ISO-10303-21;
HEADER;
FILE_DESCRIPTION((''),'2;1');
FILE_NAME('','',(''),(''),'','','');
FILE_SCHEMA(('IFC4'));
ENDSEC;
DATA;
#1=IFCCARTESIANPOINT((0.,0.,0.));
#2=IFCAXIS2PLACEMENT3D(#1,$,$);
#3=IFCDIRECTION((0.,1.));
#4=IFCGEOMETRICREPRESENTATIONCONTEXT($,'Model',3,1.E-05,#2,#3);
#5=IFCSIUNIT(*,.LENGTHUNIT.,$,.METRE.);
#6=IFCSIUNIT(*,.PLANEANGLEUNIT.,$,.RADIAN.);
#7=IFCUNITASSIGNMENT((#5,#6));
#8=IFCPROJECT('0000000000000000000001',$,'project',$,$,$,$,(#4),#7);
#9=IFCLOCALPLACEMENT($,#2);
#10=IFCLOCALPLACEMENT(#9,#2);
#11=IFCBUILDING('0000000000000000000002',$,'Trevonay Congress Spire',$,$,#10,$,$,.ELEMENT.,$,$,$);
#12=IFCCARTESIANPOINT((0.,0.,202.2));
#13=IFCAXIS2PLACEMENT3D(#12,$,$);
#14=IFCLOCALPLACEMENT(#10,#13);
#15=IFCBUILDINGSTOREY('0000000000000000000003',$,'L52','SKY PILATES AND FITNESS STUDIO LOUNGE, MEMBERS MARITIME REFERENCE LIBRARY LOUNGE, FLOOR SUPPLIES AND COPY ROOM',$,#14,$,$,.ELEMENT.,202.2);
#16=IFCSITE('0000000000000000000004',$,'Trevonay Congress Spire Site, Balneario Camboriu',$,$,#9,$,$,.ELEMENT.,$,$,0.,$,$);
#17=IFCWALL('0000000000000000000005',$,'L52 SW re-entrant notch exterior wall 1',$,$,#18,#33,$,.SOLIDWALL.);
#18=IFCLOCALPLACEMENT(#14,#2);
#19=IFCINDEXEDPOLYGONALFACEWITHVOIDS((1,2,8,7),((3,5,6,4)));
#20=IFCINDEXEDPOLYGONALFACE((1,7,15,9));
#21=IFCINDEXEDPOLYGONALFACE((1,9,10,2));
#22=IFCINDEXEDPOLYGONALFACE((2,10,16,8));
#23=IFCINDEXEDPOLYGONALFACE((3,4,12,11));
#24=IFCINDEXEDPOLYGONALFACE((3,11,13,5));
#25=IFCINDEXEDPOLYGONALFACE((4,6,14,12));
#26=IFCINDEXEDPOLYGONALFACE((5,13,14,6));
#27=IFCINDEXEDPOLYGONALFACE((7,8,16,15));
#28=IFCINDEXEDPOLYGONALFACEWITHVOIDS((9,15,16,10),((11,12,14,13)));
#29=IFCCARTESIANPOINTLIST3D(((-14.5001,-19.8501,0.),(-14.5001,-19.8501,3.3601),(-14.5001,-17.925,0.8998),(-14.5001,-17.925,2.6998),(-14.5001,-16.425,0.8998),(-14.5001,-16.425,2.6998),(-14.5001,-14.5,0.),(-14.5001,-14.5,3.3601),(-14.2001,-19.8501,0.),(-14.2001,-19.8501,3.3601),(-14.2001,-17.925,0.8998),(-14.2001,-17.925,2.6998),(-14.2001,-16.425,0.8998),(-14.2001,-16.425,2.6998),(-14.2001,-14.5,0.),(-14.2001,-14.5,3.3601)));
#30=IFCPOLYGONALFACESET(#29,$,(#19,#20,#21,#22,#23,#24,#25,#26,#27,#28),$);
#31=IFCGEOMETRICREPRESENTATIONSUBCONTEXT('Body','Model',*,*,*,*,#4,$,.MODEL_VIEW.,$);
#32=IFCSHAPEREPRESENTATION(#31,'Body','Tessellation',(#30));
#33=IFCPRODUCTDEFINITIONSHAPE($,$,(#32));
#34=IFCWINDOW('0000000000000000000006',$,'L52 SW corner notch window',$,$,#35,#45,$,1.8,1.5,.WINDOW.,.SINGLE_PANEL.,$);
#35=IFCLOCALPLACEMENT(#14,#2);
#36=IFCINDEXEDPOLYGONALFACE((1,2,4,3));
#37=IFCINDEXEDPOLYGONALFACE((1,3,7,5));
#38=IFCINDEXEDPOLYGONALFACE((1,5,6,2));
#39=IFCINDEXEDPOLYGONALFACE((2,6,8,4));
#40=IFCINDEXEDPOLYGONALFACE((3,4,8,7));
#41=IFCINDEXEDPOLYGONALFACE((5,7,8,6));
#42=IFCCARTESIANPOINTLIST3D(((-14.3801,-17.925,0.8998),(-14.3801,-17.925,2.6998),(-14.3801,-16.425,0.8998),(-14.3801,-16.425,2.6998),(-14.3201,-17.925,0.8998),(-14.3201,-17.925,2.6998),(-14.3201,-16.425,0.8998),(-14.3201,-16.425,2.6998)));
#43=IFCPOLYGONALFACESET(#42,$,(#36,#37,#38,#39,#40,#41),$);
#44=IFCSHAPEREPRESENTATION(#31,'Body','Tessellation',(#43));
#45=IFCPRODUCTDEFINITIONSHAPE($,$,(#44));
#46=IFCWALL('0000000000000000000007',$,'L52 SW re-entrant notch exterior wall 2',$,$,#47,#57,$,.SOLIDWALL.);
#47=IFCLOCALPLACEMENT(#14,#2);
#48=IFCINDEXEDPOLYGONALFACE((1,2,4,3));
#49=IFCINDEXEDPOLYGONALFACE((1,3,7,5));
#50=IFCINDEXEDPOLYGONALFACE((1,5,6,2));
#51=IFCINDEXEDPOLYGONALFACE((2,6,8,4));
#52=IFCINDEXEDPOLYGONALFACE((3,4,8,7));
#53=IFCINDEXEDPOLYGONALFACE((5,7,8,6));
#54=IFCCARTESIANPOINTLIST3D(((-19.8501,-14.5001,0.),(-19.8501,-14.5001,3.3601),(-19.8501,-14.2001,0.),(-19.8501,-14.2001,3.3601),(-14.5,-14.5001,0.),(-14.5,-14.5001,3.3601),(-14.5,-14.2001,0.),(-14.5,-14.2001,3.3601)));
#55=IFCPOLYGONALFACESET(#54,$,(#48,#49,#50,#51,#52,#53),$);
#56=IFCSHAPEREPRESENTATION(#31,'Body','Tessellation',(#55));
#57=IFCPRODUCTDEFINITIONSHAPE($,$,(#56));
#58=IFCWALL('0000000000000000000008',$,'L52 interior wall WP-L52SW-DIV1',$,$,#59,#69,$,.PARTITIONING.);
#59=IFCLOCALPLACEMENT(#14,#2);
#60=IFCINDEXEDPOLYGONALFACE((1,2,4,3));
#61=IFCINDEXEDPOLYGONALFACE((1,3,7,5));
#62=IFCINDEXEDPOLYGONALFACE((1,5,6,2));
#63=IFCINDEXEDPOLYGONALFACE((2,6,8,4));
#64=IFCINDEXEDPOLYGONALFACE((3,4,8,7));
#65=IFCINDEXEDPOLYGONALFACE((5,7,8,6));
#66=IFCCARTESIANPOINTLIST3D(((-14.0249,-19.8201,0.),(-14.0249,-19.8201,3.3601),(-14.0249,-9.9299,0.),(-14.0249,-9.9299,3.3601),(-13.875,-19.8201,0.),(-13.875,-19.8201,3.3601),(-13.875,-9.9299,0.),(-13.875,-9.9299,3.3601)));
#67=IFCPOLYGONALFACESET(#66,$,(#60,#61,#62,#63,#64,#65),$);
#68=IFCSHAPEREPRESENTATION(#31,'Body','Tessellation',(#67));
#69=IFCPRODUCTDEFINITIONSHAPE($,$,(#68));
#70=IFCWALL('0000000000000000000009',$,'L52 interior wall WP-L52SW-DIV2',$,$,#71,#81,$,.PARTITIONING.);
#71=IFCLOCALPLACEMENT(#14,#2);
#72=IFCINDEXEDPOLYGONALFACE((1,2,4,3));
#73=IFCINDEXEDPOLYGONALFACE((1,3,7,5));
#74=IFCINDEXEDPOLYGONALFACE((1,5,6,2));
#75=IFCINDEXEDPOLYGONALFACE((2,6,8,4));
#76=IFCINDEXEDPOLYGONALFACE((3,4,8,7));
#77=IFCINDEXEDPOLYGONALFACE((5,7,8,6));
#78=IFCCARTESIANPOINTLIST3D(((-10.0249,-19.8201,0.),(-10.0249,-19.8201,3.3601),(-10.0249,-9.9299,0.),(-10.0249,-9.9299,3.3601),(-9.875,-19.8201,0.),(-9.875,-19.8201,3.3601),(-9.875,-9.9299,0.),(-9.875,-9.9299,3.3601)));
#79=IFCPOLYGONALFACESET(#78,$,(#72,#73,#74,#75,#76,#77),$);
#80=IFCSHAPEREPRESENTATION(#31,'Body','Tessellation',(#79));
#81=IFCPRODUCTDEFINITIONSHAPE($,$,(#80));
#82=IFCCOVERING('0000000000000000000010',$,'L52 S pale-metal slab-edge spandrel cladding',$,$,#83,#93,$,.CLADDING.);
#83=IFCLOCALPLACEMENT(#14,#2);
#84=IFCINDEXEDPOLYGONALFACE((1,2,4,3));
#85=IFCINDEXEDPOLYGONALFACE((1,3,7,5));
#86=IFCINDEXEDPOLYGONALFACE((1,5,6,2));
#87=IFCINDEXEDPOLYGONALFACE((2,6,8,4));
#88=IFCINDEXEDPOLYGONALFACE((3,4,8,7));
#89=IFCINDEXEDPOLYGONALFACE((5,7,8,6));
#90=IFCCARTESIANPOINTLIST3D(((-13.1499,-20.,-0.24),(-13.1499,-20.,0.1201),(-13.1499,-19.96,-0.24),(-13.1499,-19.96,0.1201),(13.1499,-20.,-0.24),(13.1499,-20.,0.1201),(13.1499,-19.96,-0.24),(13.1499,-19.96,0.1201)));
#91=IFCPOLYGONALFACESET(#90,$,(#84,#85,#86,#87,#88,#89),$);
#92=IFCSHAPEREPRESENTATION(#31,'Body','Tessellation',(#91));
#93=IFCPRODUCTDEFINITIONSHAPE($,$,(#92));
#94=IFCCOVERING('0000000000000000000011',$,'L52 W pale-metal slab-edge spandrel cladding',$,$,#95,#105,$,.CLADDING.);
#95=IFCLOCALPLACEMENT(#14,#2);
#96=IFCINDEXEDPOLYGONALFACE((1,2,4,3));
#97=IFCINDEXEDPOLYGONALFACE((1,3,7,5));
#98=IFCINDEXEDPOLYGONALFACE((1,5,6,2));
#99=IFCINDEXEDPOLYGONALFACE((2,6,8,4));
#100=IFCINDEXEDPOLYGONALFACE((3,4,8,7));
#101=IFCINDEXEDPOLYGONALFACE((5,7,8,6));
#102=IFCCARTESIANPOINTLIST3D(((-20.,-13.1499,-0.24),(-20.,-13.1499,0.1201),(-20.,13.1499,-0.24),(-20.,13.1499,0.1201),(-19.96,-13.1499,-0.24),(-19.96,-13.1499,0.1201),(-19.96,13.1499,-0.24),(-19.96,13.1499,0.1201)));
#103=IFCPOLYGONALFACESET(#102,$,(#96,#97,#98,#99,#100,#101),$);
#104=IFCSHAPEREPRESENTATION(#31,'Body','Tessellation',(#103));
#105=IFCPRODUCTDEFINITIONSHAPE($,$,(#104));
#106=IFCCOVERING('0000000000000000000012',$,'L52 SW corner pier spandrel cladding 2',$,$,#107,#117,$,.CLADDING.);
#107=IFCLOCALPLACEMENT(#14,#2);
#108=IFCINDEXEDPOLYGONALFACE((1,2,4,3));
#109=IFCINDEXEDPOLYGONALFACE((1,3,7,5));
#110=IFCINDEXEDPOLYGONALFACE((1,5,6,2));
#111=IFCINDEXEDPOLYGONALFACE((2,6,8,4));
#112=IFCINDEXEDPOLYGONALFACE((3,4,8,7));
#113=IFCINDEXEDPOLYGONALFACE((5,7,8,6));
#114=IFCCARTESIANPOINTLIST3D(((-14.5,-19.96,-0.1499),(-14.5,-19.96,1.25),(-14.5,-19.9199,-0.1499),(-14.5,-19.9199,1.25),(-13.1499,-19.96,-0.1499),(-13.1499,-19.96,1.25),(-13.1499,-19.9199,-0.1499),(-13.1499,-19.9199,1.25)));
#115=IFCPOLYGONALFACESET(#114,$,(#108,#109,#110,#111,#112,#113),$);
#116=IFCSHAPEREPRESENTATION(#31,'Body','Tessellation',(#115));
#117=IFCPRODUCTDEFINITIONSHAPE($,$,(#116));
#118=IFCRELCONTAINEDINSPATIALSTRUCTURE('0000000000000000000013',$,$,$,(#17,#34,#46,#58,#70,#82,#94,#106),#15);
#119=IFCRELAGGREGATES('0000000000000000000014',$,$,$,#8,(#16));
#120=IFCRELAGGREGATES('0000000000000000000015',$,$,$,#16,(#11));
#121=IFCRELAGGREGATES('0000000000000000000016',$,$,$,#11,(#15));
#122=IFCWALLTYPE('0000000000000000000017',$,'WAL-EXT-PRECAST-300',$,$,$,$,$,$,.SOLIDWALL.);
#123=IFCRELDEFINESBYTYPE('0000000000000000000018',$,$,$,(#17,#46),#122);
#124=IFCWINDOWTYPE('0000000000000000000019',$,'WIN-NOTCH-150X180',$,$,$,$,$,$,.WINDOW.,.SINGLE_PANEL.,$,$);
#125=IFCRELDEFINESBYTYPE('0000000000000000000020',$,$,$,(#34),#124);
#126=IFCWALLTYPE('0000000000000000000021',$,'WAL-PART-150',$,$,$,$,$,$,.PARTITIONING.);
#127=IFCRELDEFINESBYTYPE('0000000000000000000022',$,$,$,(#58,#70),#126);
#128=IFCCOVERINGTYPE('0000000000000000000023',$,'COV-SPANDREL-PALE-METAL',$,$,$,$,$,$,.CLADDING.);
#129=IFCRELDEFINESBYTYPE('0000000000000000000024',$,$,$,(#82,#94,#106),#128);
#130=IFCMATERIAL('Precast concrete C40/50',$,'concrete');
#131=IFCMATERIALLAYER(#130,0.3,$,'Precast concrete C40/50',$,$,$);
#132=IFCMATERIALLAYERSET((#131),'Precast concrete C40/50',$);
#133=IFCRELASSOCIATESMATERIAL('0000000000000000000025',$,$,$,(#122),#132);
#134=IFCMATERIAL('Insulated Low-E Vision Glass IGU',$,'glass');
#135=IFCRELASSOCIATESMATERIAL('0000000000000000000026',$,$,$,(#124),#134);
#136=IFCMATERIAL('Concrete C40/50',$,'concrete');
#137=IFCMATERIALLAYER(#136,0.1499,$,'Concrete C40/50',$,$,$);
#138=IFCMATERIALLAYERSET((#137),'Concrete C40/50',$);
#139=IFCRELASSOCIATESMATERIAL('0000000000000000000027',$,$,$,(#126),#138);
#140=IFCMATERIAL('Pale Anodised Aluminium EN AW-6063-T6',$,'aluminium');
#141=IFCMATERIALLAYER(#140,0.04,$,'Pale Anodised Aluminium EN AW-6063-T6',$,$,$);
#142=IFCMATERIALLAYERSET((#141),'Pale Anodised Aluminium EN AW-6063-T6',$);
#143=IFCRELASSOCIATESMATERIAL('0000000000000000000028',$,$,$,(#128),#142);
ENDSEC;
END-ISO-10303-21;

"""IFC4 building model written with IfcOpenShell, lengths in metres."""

from ifc_helpers import new_model, si_unit, direction, frame, frame_2d, origin, place, context, subcontext, project, spatial, rectangle, extrude, material, layer, layer_set, type_object, element, fill, save


model = new_model("IFC4")

# Units and contexts
model_context = context("Model", 3, precision=1e-05, world=origin(), true_north=direction((0.0, 1.0)))
body_context = subcontext(model_context, "Body", "Model", "MODEL_VIEW")
ifc_project = project(units=[si_unit("LENGTHUNIT", "METRE"), si_unit("PLANEANGLEUNIT", "RADIAN")], contexts=[model_context])

# Site, building, storey
site_placement = place(None, origin())
site = spatial("IfcSite", under=ifc_project, at=site_placement, Name="Trevonay Congress Spire Site, Balneario Camboriu", CompositionType="ELEMENT", RefElevation=0.0)
building_placement = place(site_placement, origin())
building = spatial("IfcBuilding", under=site, at=building_placement, Name="Trevonay Congress Spire", CompositionType="ELEMENT")
storey_placement = place(building_placement, frame((0.0, 0.0, 202.2)))
storey = spatial("IfcBuildingStorey", under=building, at=storey_placement, Name="L52", Description="SKY PILATES AND FITNESS STUDIO LOUNGE, MEMBERS MARITIME REFERENCE LIBRARY LOUNGE, FLOOR SUPPLIES AND COPY ROOM", CompositionType="ELEMENT", Elevation=202.2)

# Shared definitions
ifc_material_1 = material(Name="Precast concrete C40/50", Category="concrete")
ifc_layer_1 = layer(ifc_material_1, 0.3, Name="Precast concrete C40/50")
ifc_layer_set_1 = layer_set([ifc_layer_1], Name="Precast concrete C40/50")
wall_type_1 = type_object("IfcWallType", Name="WAL-EXT-PRECAST-300", PredefinedType="SOLIDWALL", material=ifc_layer_set_1)

# Wall, opening, window
wall_1_placement = place(storey_placement, frame((-14.3501, -19.8501, 0.0), z_axis=(0.0, 0.0, 1.0), x_axis=(0.0, 1.0, 0.0)))
wall_1 = element("IfcWall", 1, at=wall_1_placement, inside=storey, type_object=wall_type_1, Name="L52 SW re-entrant notch exterior wall 1", PredefinedType="SOLIDWALL", context=body_context, shape_type="SweptSolid", body=[
    extrude(rectangle(XDim=5.3501, YDim=0.3, at=frame_2d((2.675, 0.0))), origin(), (0.0, 0.0, 1.0), 3.3601),
])
opening_placement = place(wall_1_placement, frame((1.925, 0.0, 0.8999)))
opening = element("IfcOpeningElement", 2, at=opening_placement, cuts=wall_1, PredefinedType="OPENING", context=body_context, shape_type="SweptSolid", body=[
    extrude(rectangle(XDim=1.5, YDim=1.8, at=frame_2d((0.75, 0.8999))), frame((0.0, 0.1602, 0.0), z_axis=(0.0, -1.0, 0.0), x_axis=(1.0, 0.0, 0.0)), (0.0, 0.0, 1.0), 0.3201),
])
ifc_material_2 = material(Name="Insulated Low-E Vision Glass IGU", Category="glass")
window_type = type_object("IfcWindowType", Name="WIN-NOTCH-150X180", PartitioningType="SINGLE_PANEL", PredefinedType="WINDOW", material=ifc_material_2)
window_placement = place(opening_placement, origin())
window = element("IfcWindow", 3, at=window_placement, inside=storey, type_object=window_type, Name="L52 SW corner notch window", OverallHeight=1.8, OverallWidth=1.5, PartitioningType="SINGLE_PANEL", PredefinedType="WINDOW", context=body_context, shape_type="SweptSolid", body=[
    extrude(rectangle(XDim=1.5, YDim=1.8, at=frame_2d((0.75, 0.8999))), frame((0.0, 0.03, 0.0), z_axis=(0.0, -1.0, 0.0), x_axis=(1.0, 0.0, 0.0)), (0.0, 0.0, 1.0), 0.0601),
])
fill(opening, window)

# Walls
wall_2_placement = place(storey_placement, frame((-19.8501, -14.3501, 0.0), z_axis=(0.0, 0.0, 1.0), x_axis=(1.0, 0.0, 0.0)))
element("IfcWall", 4, at=wall_2_placement, inside=storey, type_object=wall_type_1, Name="L52 SW re-entrant notch exterior wall 2", PredefinedType="SOLIDWALL", context=body_context, shape_type="SweptSolid", body=[
    extrude(rectangle(XDim=5.3501, YDim=0.3, at=frame_2d((2.675, 0.0))), origin(), (0.0, 0.0, 1.0), 3.3601),
])
ifc_material_3 = material(Name="Concrete C40/50", Category="concrete")
ifc_layer_2 = layer(ifc_material_3, 0.1499, Name="Concrete C40/50")
ifc_layer_set_2 = layer_set([ifc_layer_2], Name="Concrete C40/50")
wall_type_2 = type_object("IfcWallType", Name="WAL-PART-150", PredefinedType="PARTITIONING", material=ifc_layer_set_2)
for number, where, z_axis, x_axis, name in (
    (5, (-13.95, -19.8201, 0.0), (0.0, 0.0, 1.0), (0.0, 1.0, 0.0), "L52 interior wall WP-L52SW-DIV1"),
    (6, (-9.95, -19.8201, 0.0), (0.0, 0.0, 1.0), (0.0, 1.0, 0.0), "L52 interior wall WP-L52SW-DIV2"),
):
    element("IfcWall", number, at=place(storey_placement, frame(where, z_axis=z_axis, x_axis=x_axis)), inside=storey, type_object=wall_type_2, Name=name, PredefinedType="PARTITIONING", context=body_context, shape_type="SweptSolid", body=[
        extrude(rectangle(XDim=9.8901, YDim=0.1499, at=frame_2d((4.9451, 0.0))), origin(), (0.0, 0.0, 1.0), 3.3601),
    ])

# Coverings
ifc_material_4 = material(Name="Pale Anodised Aluminium EN AW-6063-T6", Category="aluminium")
ifc_layer_3 = layer(ifc_material_4, 0.04, Name="Pale Anodised Aluminium EN AW-6063-T6")
ifc_layer_set_3 = layer_set([ifc_layer_3], Name="Pale Anodised Aluminium EN AW-6063-T6")
covering_type = type_object("IfcCoveringType", Name="COV-SPANDREL-PALE-METAL", PredefinedType="CLADDING", material=ifc_layer_set_3)
for number, where, z_axis, x_axis, name in (
    (7, (-13.1499, -19.98, -0.24), (0.0, 0.0, 1.0), (1.0, 0.0, 0.0), "L52 S pale-metal slab-edge spandrel cladding"),
    (8, (-19.98, -13.1499, -0.24), (0.0, 0.0, 1.0), (0.0, 1.0, 0.0), "L52 W pale-metal slab-edge spandrel cladding"),
):
    element("IfcCovering", number, at=place(storey_placement, frame(where, z_axis=z_axis, x_axis=x_axis)), inside=storey, type_object=covering_type, Name=name, PredefinedType="CLADDING", context=body_context, shape_type="SweptSolid", body=[
        extrude(rectangle(XDim=26.2998, YDim=0.04, at=frame_2d((13.1499, 0.0))), origin(), (0.0, 0.0, 1.0), 0.3601),
    ])
covering_placement = place(storey_placement, frame((-13.1499, -19.9399, -0.1499), z_axis=(0.0, 0.0, 1.0), x_axis=(-1.0, 0.0, 0.0)))
element("IfcCovering", 9, at=covering_placement, inside=storey, type_object=covering_type, Name="L52 SW corner pier spandrel cladding 2", PredefinedType="CLADDING", context=body_context, shape_type="SweptSolid", body=[
    extrude(rectangle(XDim=1.3501, YDim=0.04, at=frame_2d((0.675, 0.0))), origin(), (0.0, 0.0, 1.0), 1.3999),
])

save(model, "model.ifc")
